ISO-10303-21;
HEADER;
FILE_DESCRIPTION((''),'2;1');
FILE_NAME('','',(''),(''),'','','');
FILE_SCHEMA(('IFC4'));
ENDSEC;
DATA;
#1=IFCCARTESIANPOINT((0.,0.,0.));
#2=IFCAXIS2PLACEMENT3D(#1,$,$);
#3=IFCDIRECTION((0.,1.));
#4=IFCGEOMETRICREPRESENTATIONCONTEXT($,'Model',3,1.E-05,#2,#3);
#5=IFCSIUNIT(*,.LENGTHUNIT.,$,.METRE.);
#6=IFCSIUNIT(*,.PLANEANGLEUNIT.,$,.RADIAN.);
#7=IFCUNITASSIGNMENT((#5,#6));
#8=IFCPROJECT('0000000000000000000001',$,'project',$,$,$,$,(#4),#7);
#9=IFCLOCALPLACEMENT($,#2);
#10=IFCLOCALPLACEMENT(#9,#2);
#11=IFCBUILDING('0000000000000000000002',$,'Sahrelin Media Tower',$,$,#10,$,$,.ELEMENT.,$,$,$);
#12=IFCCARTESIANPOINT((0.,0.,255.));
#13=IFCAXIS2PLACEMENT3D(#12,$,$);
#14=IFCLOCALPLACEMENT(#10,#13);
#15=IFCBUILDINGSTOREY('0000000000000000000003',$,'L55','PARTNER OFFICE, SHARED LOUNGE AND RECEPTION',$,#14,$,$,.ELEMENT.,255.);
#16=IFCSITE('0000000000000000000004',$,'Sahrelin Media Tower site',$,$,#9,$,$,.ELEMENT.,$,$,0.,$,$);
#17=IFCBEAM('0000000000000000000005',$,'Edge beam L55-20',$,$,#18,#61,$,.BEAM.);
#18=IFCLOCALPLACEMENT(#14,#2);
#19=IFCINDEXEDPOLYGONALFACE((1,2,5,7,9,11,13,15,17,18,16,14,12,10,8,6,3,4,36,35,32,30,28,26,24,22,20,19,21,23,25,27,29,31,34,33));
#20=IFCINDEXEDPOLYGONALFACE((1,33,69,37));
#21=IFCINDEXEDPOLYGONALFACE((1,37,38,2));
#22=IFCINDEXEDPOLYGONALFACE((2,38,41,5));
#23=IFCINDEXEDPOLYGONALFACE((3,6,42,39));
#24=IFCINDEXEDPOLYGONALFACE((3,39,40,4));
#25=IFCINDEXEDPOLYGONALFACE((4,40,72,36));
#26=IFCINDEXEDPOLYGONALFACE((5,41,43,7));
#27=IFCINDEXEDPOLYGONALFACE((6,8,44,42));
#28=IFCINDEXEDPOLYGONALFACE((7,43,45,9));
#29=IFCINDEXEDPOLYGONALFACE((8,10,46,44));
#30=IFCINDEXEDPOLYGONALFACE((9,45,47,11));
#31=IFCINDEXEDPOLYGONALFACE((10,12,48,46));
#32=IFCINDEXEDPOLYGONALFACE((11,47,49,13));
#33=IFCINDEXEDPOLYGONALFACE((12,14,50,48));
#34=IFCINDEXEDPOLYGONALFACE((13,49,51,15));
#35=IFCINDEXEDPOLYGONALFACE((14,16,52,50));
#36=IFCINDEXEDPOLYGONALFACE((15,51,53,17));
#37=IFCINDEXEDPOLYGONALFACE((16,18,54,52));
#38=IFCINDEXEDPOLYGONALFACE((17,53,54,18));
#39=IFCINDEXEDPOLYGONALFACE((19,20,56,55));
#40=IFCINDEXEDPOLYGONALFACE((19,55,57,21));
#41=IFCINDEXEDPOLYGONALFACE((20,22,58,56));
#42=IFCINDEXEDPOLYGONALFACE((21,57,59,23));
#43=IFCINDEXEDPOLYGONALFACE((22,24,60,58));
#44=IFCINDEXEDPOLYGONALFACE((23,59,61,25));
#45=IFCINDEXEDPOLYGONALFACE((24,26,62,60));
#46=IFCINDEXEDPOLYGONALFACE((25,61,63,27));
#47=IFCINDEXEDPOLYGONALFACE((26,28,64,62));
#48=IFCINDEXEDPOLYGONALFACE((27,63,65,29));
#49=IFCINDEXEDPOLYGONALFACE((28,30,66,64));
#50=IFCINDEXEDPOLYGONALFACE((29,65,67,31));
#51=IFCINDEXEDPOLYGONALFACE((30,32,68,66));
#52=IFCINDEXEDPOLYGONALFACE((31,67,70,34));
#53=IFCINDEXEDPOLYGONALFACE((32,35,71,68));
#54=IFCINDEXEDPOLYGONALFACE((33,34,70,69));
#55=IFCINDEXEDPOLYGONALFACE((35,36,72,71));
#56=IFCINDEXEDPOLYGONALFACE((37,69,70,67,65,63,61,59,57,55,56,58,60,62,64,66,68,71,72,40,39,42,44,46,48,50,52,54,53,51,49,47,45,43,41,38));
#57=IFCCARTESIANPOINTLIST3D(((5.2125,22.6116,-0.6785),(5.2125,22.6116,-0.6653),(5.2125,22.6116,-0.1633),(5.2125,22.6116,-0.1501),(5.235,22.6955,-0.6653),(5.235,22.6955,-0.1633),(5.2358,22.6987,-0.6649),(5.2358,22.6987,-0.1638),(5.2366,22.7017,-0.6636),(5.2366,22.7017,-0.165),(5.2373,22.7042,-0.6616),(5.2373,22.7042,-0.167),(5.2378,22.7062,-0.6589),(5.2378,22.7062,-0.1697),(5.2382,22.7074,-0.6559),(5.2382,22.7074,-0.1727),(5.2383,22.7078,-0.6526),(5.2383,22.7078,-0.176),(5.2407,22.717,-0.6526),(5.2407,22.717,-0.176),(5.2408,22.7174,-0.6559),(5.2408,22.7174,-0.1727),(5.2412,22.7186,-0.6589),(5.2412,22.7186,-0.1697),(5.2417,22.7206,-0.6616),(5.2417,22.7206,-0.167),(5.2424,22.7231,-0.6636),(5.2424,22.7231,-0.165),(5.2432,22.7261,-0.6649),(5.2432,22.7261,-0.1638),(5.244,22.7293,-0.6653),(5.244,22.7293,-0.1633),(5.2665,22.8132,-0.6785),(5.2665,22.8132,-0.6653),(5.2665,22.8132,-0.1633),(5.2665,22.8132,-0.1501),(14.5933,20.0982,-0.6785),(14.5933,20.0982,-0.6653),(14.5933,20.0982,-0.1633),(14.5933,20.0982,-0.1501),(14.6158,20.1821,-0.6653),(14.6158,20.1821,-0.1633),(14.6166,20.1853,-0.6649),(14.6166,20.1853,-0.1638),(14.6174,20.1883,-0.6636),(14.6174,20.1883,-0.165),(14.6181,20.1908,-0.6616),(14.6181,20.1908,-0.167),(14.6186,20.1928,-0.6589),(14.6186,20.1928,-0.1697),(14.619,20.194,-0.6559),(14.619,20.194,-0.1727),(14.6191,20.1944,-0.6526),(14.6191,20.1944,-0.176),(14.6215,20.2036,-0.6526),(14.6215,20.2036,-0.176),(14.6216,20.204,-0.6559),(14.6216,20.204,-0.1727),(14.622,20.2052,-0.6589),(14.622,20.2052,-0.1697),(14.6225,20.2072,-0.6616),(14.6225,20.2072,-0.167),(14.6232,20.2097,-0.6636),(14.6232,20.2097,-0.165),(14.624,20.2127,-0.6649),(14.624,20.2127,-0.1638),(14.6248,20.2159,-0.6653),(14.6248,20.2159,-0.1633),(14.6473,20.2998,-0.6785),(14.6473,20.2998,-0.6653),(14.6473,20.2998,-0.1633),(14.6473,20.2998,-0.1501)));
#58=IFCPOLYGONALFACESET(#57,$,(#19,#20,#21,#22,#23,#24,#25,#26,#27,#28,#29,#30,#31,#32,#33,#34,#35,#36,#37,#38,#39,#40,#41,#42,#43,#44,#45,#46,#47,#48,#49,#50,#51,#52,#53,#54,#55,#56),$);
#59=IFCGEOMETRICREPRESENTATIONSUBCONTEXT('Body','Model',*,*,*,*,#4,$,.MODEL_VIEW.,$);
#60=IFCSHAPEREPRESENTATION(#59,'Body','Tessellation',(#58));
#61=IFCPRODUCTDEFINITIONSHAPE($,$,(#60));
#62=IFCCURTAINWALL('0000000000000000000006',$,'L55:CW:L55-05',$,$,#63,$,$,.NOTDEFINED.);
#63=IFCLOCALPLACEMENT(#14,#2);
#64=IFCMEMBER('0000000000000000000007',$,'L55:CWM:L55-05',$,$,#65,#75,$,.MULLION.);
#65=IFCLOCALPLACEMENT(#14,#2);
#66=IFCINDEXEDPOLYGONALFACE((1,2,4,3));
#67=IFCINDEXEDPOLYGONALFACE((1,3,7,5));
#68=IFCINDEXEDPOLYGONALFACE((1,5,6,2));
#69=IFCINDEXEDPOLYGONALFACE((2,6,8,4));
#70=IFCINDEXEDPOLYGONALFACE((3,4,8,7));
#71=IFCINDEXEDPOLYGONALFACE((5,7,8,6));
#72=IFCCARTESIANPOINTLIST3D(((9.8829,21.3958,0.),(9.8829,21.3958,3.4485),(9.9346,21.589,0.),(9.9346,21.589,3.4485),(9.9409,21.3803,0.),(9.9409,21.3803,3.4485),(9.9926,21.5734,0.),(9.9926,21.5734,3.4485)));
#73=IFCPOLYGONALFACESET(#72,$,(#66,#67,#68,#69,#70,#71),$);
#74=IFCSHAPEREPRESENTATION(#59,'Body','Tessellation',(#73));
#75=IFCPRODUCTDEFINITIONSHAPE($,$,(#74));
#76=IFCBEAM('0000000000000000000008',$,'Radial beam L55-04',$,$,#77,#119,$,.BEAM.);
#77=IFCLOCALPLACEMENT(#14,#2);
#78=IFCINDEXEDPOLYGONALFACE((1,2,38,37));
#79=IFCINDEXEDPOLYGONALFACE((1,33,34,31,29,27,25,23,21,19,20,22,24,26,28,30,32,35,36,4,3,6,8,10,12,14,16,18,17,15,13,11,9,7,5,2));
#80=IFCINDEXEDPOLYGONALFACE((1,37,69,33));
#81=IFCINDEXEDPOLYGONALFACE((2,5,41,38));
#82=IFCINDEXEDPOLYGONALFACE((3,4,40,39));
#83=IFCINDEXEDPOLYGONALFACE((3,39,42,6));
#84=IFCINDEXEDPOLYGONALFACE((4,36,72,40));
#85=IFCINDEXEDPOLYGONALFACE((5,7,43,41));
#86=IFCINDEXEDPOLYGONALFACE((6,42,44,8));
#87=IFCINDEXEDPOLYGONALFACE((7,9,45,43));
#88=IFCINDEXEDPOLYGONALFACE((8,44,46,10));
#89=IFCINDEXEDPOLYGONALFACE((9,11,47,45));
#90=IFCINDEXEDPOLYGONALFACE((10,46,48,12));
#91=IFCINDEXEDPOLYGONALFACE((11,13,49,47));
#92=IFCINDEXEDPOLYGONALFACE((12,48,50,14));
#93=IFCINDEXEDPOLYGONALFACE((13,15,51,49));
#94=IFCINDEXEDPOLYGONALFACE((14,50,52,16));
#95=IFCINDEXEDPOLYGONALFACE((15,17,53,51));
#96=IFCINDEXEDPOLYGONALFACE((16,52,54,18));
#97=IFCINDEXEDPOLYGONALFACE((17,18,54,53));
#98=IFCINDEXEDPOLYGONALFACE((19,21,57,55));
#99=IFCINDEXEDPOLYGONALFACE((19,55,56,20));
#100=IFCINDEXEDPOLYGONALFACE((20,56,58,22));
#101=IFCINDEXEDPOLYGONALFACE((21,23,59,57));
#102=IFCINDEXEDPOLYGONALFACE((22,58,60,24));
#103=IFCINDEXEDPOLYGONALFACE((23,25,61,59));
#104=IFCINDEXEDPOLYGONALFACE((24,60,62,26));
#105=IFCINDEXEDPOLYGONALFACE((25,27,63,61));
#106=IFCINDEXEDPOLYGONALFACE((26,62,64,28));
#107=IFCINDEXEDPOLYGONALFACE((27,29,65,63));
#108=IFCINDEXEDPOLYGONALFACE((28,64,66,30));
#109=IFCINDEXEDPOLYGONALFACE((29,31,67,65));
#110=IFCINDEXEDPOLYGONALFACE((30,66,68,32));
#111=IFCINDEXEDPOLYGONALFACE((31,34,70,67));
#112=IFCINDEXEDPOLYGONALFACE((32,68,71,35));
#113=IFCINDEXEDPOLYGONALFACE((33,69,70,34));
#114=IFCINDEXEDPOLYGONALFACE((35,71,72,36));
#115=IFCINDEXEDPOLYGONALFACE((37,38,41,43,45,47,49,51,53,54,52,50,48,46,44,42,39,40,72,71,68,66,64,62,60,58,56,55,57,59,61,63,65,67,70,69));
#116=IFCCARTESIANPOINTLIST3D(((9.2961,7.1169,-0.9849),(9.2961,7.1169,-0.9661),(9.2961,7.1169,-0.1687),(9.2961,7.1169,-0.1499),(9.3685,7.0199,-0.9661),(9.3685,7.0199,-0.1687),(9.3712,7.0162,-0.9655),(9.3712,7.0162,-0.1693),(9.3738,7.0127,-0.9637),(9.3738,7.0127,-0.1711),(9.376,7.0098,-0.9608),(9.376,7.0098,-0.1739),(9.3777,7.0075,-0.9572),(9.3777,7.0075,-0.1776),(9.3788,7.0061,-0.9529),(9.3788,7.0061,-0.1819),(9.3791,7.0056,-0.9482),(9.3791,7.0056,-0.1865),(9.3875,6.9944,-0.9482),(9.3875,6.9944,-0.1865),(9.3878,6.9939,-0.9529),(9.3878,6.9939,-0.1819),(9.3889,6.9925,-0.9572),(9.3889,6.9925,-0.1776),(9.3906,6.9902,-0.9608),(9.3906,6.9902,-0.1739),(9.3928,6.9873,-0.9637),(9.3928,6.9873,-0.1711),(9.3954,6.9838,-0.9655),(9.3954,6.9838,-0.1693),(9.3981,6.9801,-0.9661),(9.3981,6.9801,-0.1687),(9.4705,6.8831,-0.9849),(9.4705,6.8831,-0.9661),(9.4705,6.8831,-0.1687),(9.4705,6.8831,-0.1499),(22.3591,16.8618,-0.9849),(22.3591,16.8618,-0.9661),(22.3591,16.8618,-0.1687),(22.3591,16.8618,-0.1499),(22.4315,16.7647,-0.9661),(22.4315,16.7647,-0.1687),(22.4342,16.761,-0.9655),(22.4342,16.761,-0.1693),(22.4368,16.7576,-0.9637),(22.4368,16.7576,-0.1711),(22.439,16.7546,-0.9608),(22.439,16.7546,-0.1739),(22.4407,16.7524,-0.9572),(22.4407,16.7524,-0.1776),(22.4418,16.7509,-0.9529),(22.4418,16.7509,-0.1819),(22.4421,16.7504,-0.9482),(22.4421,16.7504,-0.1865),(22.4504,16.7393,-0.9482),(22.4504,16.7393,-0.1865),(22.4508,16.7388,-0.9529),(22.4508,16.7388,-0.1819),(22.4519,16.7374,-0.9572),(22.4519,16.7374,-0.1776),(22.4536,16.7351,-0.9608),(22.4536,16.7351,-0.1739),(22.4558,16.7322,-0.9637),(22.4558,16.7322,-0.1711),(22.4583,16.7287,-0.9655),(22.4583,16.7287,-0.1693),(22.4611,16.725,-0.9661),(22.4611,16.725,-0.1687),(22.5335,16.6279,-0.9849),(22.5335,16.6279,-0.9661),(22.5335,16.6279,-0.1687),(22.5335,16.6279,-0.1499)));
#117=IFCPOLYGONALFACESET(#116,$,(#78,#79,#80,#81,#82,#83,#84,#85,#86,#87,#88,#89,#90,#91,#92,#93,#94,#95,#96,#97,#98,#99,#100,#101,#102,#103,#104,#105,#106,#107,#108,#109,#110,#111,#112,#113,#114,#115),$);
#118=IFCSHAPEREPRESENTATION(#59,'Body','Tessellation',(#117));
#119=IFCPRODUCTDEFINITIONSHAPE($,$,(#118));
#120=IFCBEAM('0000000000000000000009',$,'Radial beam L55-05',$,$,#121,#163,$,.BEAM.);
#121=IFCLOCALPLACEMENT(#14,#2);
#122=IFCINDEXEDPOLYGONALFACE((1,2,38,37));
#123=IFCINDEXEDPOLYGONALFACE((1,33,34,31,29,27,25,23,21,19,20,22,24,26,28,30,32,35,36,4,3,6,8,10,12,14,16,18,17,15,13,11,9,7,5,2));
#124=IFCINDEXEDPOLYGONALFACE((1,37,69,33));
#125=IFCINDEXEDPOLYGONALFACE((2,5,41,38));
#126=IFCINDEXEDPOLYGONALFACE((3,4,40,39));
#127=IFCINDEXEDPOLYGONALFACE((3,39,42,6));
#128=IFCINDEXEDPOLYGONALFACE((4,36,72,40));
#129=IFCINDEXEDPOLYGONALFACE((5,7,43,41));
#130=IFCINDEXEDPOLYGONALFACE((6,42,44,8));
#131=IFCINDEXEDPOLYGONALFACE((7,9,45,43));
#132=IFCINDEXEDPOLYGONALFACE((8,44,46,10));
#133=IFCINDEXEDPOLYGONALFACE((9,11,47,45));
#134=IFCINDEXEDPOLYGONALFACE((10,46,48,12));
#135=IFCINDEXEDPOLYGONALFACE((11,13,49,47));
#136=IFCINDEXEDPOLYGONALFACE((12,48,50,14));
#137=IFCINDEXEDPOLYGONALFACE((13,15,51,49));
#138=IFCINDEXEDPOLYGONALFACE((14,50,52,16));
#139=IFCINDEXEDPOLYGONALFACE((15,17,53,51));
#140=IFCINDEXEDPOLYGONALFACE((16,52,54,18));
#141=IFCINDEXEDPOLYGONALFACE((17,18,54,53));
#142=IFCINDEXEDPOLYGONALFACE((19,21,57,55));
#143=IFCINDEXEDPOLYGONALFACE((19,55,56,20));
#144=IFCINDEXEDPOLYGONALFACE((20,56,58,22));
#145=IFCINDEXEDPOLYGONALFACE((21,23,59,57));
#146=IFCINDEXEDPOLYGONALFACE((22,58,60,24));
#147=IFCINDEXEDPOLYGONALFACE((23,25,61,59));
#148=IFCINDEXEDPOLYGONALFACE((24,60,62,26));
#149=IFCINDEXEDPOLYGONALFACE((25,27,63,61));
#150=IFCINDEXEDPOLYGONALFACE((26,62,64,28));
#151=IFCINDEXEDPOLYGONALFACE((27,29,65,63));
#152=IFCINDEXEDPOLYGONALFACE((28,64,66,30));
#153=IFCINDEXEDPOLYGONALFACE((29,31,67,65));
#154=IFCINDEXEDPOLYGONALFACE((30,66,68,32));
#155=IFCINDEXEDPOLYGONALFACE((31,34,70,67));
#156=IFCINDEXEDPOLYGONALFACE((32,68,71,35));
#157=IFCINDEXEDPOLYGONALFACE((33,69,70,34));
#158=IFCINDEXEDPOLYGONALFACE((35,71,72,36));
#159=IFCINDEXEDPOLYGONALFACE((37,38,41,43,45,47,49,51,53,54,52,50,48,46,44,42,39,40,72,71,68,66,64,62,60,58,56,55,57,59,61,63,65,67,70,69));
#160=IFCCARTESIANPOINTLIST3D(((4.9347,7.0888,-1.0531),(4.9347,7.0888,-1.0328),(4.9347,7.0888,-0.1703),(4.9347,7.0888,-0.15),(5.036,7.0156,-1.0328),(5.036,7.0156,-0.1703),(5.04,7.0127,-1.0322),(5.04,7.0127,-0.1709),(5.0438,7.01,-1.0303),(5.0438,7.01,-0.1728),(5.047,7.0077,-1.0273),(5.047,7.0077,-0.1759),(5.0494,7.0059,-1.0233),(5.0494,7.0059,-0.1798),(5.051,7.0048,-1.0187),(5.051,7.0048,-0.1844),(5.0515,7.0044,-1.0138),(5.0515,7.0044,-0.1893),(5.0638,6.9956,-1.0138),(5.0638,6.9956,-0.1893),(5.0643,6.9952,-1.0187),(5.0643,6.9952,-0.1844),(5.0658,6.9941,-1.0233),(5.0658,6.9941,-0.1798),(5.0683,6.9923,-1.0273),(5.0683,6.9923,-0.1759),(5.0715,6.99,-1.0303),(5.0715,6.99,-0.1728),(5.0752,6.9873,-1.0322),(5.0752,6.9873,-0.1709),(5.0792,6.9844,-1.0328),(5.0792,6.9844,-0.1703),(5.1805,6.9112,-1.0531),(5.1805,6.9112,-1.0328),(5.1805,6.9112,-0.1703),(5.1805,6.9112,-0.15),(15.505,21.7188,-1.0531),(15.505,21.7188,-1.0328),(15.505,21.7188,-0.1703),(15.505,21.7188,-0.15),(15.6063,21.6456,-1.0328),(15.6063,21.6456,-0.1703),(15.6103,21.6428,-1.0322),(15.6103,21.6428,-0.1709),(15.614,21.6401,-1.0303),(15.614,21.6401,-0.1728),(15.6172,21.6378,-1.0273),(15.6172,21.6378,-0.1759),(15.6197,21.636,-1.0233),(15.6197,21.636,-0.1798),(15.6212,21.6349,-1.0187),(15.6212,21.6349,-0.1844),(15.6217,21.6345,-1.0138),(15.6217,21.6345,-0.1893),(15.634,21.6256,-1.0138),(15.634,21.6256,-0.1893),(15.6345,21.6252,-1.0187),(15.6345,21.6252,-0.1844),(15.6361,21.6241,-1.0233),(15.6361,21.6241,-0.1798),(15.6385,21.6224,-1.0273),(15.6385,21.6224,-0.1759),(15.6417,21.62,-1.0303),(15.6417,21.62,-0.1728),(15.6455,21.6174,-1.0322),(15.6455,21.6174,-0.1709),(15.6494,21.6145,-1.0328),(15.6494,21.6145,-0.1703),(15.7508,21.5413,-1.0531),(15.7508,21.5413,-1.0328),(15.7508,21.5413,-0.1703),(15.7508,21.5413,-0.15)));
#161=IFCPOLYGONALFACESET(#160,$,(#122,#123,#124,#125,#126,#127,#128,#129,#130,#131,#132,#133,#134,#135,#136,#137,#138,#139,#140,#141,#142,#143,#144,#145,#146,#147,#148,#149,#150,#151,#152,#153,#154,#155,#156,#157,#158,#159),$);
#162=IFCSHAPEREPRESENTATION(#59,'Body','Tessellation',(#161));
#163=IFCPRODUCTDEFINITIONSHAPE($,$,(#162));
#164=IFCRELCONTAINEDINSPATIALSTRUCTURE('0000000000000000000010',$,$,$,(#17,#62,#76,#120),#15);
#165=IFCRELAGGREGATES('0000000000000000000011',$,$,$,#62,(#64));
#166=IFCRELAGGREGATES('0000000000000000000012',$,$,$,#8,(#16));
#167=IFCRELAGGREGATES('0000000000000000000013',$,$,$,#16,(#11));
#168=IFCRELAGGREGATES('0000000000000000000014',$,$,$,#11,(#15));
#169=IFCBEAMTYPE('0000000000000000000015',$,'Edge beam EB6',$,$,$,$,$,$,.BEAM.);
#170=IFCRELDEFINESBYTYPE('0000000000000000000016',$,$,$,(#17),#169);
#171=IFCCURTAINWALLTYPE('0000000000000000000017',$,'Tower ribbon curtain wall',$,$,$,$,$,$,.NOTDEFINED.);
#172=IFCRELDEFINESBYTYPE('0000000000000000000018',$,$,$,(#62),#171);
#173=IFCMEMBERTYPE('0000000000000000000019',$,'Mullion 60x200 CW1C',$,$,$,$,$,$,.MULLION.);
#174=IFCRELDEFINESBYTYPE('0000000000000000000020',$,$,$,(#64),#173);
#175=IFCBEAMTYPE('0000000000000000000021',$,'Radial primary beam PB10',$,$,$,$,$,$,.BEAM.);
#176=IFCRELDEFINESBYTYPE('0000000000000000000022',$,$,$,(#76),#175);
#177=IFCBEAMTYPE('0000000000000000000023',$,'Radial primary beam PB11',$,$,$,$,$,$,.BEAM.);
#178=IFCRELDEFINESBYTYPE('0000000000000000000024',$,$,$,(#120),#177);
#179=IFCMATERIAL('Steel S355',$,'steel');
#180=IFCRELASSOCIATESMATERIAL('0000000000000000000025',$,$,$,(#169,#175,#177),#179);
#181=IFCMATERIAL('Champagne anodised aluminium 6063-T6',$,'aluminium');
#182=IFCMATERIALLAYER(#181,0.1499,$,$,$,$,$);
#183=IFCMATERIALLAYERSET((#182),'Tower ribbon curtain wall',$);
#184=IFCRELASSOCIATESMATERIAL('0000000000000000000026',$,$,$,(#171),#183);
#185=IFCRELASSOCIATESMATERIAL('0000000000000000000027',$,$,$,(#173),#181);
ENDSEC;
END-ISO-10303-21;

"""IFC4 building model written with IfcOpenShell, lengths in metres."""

from ifc_helpers import new_model, si_unit, direction, frame, origin, origin_2d, place, context, subcontext, project, spatial, rectangle, i_section, extrude, material, layer, layer_set, material_profile, profile_set, type_object, element, aggregate, save


model = new_model("IFC4")

# Units and contexts
model_context = context("Model", 3, precision=1e-05, world=origin(), true_north=direction((0.0, 1.0)))
body_context = subcontext(model_context, "Body", "Model", "MODEL_VIEW")
ifc_project = project(units=[si_unit("LENGTHUNIT", "METRE"), si_unit("PLANEANGLEUNIT", "RADIAN")], contexts=[model_context])

# Site, building, storey
site_placement = place(None, origin())
site = spatial("IfcSite", under=ifc_project, at=site_placement, Name="Sahrelin Media Tower site", CompositionType="ELEMENT", RefElevation=0.0)
building_placement = place(site_placement, origin())
building = spatial("IfcBuilding", under=site, at=building_placement, Name="Sahrelin Media Tower", CompositionType="ELEMENT")
storey_placement = place(building_placement, frame((0.0, 0.0, 255.0)))
storey = spatial("IfcBuildingStorey", under=building, at=storey_placement, Name="L55", Description="PARTNER OFFICE, SHARED LOUNGE AND RECEPTION", CompositionType="ELEMENT", Elevation=255.0)

# Beam
ifc_material_1 = material(Name="Steel S355", Category="steel")
ifc_material_profile_1 = material_profile(ifc_material_1, i_section(OverallWidth=0.2087, OverallDepth=0.5283, WebThickness=0.0095, FlangeThickness=0.0132, FilletRadius=0.0127, at=origin_2d()), Name="UB 533x210x82")
ifc_profile_set_1 = profile_set([ifc_material_profile_1], Name="Steel S355")
beam_type_1 = type_object("IfcBeamType", Name="Edge beam EB6", PredefinedType="BEAM", material=ifc_profile_set_1)
beam_1_placement = place(storey_placement, frame((5.2395, 22.7124, -0.4143), z_axis=(0.96593, -0.258803, 0.0), x_axis=(0.258803, 0.96593, 0.0)))
element("IfcBeam", 1, at=beam_1_placement, inside=storey, type_object=beam_type_1, Name="Edge beam L55-20", PredefinedType="BEAM", context=body_context, shape_type="SweptSolid", body=[
    extrude(i_section(OverallWidth=0.2087, OverallDepth=0.5283, WebThickness=0.0095, FlangeThickness=0.0132, FilletRadius=0.0127, at=origin_2d()), origin(), (0.0, 0.0, 1.0), 9.7117),
])

# Curtain wall, member
ifc_material_2 = material(Name="Champagne anodised aluminium 6063-T6", Category="aluminium")
ifc_layer_1 = layer(ifc_material_2, 0.1499)
ifc_layer_set_1 = layer_set([ifc_layer_1], Name="Tower ribbon curtain wall")
curtain_wall_type = type_object("IfcCurtainWallType", Name="Tower ribbon curtain wall", PredefinedType="NOTDEFINED", material=ifc_layer_set_1)
curtain_wall_1_placement = place(storey_placement, frame((9.9688, 21.6006, 0.0), z_axis=(0.0, 0.0, 1.0), x_axis=(1.0, 0.0, 0.0)))
curtain_wall_1 = element("IfcCurtainWall", 2, at=curtain_wall_1_placement, inside=storey, type_object=curtain_wall_type, Name="L55:CW:L55-05", PredefinedType="NOTDEFINED")
ifc_material_profile_2 = material_profile(ifc_material_2, rectangle(XDim=0.0601, YDim=0.2, at=origin_2d()), Name="Mullion 60x200")
ifc_profile_set_2 = profile_set([ifc_material_profile_2], Name="Champagne anodised aluminium 6063-T6")
member_type_1 = type_object("IfcMemberType", Name="Mullion 60x200 CW1C", PredefinedType="MULLION", material=ifc_profile_set_2)
member_1_placement = place(storey_placement, frame((9.9377, 21.4846, 0.0), z_axis=(0.0, 0.0, 1.0), x_axis=(-0.965927, 0.258816, 0.0)))
member_1 = element("IfcMember", 3, at=member_1_placement, type_object=member_type_1, Name="L55:CWM:L55-05", PredefinedType="MULLION", context=body_context, shape_type="SweptSolid", body=[
    extrude(rectangle(XDim=0.0601, YDim=0.2, at=origin_2d()), origin(), (0.0, 0.0, 1.0), 3.4485),
])
aggregate(curtain_wall_1, [member_1])

# Beams
ifc_material_profile_3 = material_profile(ifc_material_1, i_section(OverallWidth=0.2917, OverallDepth=0.835, WebThickness=0.0139, FlangeThickness=0.0188, FilletRadius=0.0178, at=origin_2d()), Name="UB 838x292x176")
ifc_profile_set_3 = profile_set([ifc_material_profile_3], Name="Steel S355")
beam_type_2 = type_object("IfcBeamType", Name="Radial primary beam PB10", PredefinedType="BEAM", material=ifc_profile_set_3)
beam_2_placement = place(storey_placement, frame((9.3833, 7.0, -0.5674), z_axis=(0.80154, 0.597942, 0.0), x_axis=(-0.597942, 0.80154, 0.0)))
element("IfcBeam", 4, at=beam_2_placement, inside=storey, type_object=beam_type_2, Name="Radial beam L55-04", PredefinedType="BEAM", context=body_context, shape_type="SweptSolid", body=[
    extrude(i_section(OverallWidth=0.2917, OverallDepth=0.835, WebThickness=0.0139, FlangeThickness=0.0188, FilletRadius=0.0178, at=origin_2d()), origin(), (0.0, 0.0, 1.0), 16.2974),
])
ifc_material_profile_4 = material_profile(ifc_material_1, i_section(OverallWidth=0.3032, OverallDepth=0.9031, WebThickness=0.0151, FlangeThickness=0.0203, FilletRadius=0.019, at=origin_2d()), Name="UB 914x305x201")
ifc_profile_set_4 = profile_set([ifc_material_profile_4], Name="Steel S355")
beam_type_3 = type_object("IfcBeamType", Name="Radial primary beam PB11", PredefinedType="BEAM", material=ifc_profile_set_4)
beam_3_placement = place(storey_placement, frame((5.0576, 7.0, -0.6016), z_axis=(0.58564, 0.810571, 0.0), x_axis=(-0.810571, 0.58564, 0.0)))
element("IfcBeam", 5, at=beam_3_placement, inside=storey, type_object=beam_type_3, Name="Radial beam L55-05", PredefinedType="BEAM", context=body_context, shape_type="SweptSolid", body=[
    extrude(i_section(OverallWidth=0.3032, OverallDepth=0.9031, WebThickness=0.0151, FlangeThickness=0.0203, FilletRadius=0.019, at=origin_2d()), origin(), (0.0, 0.0, 1.0), 18.0491),
])

save(model, "model.ifc")
